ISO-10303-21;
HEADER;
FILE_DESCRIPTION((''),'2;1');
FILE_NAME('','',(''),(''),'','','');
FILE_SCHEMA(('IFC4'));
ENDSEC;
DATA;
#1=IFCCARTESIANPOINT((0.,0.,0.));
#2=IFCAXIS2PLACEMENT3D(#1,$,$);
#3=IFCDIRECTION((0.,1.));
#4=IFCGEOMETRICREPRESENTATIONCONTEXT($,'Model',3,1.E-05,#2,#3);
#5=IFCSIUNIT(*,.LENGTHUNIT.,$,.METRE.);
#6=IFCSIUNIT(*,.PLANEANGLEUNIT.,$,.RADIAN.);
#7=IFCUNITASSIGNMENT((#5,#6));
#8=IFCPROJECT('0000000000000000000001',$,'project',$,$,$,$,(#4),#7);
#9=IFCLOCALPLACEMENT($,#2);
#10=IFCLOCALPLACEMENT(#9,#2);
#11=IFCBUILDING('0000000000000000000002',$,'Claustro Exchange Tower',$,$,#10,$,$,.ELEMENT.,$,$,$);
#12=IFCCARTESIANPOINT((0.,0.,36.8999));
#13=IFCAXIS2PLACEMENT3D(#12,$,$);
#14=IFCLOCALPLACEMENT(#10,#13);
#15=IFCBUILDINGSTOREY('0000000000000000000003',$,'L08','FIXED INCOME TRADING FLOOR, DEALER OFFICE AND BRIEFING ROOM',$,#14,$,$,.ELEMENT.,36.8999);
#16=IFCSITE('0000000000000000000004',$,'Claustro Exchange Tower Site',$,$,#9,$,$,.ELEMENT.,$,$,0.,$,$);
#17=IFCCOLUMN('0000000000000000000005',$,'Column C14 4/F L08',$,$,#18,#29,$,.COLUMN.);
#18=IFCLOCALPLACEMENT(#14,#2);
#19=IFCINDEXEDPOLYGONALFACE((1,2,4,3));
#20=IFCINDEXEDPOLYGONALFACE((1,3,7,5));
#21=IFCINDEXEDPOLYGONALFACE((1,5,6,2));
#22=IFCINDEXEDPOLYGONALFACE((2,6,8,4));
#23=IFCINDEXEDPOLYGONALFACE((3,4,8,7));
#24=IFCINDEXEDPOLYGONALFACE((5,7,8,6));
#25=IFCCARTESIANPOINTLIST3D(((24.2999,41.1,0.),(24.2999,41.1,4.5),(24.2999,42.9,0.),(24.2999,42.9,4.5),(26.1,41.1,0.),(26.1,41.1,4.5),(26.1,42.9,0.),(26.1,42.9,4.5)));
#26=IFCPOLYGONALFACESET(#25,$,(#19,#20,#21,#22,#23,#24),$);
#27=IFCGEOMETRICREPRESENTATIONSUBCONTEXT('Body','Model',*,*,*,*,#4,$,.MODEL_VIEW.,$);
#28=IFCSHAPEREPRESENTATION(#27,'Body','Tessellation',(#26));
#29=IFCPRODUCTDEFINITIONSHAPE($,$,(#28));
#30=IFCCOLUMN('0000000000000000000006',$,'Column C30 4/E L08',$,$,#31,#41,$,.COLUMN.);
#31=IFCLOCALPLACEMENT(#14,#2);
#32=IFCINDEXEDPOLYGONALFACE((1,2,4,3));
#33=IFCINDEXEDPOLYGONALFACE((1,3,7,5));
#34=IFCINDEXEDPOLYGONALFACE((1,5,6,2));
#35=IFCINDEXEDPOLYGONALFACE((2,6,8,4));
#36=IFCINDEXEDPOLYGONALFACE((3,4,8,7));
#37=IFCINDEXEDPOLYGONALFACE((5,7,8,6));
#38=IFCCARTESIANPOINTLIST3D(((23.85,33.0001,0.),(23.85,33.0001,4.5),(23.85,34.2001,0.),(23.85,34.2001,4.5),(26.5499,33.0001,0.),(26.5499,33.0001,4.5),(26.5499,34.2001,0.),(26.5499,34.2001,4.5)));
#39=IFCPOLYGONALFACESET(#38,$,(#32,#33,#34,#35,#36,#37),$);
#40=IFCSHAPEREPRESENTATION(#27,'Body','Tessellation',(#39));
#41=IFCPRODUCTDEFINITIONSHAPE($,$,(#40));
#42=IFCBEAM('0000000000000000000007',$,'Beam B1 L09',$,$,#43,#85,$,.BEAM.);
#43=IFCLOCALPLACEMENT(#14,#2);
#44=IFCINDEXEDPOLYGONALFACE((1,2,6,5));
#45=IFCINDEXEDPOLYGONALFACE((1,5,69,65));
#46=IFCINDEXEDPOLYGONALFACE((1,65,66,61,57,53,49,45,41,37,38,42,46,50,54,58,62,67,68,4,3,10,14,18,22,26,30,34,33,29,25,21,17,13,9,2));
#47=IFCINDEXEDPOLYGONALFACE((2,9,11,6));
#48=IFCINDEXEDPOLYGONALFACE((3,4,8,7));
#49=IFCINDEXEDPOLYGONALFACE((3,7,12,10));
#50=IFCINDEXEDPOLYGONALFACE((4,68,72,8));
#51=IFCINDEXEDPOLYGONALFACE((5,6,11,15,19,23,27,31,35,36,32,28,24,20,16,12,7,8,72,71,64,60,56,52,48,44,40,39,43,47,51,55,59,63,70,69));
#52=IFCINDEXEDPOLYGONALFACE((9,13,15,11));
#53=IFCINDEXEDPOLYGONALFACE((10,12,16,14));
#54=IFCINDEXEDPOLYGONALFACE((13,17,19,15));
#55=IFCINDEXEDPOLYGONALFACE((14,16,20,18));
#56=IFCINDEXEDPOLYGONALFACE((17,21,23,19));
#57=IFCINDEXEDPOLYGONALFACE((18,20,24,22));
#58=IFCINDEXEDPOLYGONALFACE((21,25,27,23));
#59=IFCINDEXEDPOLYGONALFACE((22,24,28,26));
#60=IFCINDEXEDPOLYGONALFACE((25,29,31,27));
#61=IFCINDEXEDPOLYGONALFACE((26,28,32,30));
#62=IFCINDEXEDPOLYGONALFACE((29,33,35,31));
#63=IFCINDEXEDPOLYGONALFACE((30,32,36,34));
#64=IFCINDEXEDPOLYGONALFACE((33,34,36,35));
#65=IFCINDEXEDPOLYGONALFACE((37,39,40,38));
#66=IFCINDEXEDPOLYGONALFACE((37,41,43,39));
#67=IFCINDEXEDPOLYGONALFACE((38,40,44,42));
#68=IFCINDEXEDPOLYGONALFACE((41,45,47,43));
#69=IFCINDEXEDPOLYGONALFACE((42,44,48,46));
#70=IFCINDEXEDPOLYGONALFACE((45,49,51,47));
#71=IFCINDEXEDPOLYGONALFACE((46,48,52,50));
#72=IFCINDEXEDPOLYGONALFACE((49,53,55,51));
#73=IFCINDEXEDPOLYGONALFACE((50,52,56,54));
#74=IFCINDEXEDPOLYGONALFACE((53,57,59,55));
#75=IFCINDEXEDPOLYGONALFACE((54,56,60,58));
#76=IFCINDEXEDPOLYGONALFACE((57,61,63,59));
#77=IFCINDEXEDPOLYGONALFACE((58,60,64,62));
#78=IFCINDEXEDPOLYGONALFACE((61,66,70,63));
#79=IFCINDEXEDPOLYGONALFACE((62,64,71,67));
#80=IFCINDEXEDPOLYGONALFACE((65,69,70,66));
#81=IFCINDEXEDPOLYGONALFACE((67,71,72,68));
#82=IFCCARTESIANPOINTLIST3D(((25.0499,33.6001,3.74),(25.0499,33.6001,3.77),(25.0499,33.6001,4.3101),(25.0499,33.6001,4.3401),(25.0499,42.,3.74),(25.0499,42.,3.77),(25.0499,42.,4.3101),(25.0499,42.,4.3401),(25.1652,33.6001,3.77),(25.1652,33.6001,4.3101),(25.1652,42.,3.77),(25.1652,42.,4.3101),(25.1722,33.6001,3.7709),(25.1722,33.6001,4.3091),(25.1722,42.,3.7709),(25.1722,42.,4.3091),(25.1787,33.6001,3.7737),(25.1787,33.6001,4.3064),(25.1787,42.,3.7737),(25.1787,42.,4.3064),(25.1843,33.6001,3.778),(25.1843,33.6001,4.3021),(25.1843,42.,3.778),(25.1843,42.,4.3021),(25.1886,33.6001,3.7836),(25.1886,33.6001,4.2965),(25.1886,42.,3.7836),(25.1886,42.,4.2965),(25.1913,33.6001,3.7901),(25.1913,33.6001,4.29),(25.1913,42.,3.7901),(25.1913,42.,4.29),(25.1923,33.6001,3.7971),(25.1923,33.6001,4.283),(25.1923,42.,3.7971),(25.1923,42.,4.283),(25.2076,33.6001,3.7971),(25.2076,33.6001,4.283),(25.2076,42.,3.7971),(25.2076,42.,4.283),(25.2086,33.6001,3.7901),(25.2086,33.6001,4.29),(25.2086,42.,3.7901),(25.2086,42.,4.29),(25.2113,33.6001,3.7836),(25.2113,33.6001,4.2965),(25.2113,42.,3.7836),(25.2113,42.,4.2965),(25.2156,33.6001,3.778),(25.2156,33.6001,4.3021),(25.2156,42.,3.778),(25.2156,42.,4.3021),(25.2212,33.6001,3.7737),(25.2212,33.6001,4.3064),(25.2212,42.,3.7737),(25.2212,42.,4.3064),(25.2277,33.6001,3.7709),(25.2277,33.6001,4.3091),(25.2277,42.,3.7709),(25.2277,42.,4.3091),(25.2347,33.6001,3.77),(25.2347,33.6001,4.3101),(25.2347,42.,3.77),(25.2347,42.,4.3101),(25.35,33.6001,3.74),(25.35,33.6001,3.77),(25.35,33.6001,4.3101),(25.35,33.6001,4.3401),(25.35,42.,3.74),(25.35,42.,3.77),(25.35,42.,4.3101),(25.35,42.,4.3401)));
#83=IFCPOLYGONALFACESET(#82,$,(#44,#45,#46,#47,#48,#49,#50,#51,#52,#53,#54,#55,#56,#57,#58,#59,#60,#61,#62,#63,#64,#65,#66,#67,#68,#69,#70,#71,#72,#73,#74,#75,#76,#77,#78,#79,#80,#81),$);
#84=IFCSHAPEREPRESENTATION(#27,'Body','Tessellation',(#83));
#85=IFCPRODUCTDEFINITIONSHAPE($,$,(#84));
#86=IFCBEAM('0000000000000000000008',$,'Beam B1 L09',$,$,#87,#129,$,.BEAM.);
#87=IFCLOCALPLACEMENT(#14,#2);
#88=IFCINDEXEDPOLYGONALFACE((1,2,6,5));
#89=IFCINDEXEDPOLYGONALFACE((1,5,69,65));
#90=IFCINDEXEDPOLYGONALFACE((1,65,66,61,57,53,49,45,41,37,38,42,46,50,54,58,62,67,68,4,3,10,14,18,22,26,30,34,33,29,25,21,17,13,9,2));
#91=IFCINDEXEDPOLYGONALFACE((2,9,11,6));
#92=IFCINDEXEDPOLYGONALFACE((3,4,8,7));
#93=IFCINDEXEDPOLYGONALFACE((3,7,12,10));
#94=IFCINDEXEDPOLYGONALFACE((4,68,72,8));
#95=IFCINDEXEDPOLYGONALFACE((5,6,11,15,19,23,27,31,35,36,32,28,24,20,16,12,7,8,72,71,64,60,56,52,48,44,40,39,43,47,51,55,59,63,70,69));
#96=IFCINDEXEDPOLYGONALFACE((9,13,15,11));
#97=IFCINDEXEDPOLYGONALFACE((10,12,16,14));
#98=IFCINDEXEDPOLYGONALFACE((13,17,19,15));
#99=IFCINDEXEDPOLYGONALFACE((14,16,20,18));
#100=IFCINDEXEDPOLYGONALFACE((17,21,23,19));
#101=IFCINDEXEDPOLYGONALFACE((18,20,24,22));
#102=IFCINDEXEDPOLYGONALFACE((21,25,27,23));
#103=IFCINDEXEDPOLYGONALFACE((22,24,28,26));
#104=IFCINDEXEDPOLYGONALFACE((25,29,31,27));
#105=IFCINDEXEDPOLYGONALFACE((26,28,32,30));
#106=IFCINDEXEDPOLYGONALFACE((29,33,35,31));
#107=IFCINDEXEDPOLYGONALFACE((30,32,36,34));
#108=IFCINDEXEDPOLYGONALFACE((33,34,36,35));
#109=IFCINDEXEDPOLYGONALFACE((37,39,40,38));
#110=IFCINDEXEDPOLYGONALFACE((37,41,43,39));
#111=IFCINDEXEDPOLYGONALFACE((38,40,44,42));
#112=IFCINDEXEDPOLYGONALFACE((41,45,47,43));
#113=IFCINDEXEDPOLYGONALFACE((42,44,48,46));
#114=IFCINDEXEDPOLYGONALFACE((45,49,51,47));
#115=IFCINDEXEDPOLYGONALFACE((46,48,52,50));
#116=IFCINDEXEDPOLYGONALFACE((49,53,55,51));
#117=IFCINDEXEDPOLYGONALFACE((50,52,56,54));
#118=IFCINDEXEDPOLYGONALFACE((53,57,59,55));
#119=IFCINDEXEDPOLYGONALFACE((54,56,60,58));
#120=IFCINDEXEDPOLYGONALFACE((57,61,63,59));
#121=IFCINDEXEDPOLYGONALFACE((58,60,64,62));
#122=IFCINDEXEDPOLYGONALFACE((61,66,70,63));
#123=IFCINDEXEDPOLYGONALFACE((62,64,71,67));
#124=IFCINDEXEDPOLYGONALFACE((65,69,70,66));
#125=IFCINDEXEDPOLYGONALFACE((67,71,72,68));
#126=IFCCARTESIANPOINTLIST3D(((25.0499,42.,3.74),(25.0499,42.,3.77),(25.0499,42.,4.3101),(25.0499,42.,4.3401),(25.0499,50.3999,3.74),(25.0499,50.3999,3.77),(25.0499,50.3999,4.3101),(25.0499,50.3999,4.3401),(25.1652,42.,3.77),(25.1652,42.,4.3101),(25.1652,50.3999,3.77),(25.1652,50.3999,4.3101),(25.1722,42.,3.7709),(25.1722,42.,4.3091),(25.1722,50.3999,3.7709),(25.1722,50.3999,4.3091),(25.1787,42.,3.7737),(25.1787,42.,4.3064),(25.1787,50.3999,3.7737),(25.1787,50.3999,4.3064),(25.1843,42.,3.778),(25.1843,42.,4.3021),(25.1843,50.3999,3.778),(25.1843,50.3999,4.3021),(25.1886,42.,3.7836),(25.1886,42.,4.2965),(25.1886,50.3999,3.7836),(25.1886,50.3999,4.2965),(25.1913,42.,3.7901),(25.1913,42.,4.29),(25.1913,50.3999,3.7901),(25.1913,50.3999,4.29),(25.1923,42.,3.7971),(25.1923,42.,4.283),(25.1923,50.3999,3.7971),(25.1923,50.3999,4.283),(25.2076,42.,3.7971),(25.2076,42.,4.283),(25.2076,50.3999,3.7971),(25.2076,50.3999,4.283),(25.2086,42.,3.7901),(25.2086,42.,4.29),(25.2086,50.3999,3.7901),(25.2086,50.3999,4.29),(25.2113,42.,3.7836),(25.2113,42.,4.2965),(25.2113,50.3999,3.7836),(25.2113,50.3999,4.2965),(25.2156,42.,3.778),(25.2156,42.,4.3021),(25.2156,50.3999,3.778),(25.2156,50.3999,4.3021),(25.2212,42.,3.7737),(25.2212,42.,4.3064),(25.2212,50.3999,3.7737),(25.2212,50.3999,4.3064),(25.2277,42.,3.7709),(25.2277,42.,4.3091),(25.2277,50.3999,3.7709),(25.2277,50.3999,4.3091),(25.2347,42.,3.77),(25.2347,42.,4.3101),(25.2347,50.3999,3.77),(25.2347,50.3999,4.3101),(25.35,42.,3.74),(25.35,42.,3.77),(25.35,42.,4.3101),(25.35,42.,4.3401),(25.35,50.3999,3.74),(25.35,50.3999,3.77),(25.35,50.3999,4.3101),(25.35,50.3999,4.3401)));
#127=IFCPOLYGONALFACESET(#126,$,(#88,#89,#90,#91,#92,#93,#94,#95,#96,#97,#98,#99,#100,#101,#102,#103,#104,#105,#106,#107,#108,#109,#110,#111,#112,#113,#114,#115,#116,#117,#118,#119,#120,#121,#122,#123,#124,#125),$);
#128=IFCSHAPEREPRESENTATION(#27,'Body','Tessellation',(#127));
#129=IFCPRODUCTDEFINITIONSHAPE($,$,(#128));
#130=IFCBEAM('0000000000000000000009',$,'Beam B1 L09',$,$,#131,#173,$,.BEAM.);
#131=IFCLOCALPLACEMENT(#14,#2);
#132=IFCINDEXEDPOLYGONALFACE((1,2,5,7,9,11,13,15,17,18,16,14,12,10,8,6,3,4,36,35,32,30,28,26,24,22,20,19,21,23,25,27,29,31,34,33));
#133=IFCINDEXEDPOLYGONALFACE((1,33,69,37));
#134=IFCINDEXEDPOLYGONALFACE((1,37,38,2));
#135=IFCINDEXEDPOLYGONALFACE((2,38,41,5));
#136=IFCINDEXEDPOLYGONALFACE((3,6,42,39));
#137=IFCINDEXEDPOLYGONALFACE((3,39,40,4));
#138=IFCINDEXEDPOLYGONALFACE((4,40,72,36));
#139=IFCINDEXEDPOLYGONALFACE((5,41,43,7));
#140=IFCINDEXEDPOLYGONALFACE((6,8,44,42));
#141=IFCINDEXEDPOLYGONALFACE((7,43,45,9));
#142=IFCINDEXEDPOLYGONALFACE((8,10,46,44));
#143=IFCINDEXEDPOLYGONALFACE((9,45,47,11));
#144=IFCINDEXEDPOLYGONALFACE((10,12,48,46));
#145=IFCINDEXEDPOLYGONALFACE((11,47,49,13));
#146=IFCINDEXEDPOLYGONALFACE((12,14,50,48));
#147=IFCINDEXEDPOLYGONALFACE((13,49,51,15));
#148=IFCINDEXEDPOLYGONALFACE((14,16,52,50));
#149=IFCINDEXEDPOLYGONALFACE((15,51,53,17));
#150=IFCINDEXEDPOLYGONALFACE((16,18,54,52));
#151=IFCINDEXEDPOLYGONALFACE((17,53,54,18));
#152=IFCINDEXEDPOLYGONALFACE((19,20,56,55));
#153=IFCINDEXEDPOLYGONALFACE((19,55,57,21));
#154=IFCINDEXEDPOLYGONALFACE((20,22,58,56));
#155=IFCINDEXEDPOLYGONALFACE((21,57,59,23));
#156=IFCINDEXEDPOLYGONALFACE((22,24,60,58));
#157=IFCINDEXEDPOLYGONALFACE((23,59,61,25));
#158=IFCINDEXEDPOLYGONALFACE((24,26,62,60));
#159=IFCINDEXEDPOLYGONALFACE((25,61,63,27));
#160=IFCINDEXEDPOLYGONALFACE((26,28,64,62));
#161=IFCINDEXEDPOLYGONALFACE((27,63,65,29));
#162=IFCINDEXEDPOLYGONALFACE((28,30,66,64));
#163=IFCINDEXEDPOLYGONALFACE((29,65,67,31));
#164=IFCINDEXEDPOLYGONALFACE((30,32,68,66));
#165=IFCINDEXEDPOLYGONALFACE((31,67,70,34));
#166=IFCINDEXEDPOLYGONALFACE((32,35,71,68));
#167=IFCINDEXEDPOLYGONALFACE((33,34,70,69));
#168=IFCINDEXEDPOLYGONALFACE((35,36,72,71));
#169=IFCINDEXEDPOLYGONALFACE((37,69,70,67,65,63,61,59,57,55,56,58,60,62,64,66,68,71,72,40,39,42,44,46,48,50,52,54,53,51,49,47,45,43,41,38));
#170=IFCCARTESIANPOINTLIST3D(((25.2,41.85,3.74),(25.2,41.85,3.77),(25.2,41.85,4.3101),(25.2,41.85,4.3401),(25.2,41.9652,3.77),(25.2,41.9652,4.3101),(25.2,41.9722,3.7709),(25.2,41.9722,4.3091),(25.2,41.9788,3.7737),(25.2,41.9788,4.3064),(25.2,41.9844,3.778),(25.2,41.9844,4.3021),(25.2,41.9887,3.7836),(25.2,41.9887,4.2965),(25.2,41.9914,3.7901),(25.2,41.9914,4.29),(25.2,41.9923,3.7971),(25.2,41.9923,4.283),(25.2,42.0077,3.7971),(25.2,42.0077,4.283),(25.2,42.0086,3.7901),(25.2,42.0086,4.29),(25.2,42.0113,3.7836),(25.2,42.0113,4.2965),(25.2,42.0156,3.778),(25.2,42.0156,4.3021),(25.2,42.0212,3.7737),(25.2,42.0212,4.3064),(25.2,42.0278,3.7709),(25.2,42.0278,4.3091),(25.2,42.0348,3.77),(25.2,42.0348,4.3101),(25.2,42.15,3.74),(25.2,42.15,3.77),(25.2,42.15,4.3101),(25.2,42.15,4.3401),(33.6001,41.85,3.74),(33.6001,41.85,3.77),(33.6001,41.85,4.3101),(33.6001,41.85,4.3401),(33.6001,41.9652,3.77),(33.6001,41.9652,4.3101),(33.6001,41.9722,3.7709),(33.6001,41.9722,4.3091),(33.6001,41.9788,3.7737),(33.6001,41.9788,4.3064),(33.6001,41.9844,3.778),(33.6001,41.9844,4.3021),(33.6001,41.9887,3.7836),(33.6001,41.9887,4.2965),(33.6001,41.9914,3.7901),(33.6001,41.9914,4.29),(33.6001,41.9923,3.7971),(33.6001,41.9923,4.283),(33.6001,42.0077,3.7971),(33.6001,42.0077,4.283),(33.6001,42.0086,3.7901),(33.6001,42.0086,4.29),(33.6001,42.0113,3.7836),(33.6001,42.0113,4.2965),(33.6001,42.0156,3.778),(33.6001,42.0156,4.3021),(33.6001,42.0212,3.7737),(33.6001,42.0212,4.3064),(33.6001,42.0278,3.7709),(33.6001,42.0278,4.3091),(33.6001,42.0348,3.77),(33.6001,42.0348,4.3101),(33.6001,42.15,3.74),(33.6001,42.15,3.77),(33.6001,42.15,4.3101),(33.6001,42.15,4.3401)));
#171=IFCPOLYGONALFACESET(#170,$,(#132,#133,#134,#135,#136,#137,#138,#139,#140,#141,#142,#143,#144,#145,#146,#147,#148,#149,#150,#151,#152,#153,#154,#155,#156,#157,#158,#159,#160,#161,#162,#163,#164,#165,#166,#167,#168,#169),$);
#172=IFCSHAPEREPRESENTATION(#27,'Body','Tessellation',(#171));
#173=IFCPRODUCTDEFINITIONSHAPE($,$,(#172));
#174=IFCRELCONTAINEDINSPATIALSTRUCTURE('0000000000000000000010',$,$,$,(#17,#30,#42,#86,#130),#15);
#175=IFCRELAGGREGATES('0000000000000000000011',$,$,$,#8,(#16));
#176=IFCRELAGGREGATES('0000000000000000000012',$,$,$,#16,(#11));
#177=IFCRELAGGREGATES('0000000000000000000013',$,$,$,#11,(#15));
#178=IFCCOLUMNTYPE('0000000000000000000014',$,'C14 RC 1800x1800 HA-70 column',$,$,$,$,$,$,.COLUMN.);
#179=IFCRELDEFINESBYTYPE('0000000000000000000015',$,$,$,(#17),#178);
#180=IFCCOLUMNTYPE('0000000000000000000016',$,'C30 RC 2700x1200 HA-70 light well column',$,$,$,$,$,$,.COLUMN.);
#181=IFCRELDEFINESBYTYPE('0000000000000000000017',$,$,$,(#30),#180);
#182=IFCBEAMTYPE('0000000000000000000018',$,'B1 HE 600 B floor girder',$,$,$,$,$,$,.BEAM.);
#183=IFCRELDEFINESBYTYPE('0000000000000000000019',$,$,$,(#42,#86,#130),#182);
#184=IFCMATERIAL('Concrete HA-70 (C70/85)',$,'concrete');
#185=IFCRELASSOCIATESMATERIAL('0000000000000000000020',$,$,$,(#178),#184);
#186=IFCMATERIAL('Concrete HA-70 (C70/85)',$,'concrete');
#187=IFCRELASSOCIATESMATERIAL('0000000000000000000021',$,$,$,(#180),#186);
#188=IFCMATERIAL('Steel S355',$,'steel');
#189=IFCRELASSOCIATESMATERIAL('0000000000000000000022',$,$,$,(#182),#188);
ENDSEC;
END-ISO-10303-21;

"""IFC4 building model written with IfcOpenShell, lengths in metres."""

from ifc_helpers import new_model, si_unit, direction, frame, origin, origin_2d, place, context, subcontext, project, spatial, rectangle, i_section, extrude, material, material_profile, profile_set, type_object, element, save


model = new_model("IFC4")

# Units and contexts
model_context = context("Model", 3, precision=1e-05, world=origin(), true_north=direction((0.0, 1.0)))
body_context = subcontext(model_context, "Body", "Model", "MODEL_VIEW")
ifc_project = project(units=[si_unit("LENGTHUNIT", "METRE"), si_unit("PLANEANGLEUNIT", "RADIAN")], contexts=[model_context])

# Site, building, storey
site_placement = place(None, origin())
site = spatial("IfcSite", under=ifc_project, at=site_placement, Name="Claustro Exchange Tower Site", CompositionType="ELEMENT", RefElevation=0.0)
building_placement = place(site_placement, origin())
building = spatial("IfcBuilding", under=site, at=building_placement, Name="Claustro Exchange Tower", CompositionType="ELEMENT")
storey_placement = place(building_placement, frame((0.0, 0.0, 36.8999)))
storey = spatial("IfcBuildingStorey", under=building, at=storey_placement, Name="L08", Description="FIXED INCOME TRADING FLOOR, DEALER OFFICE AND BRIEFING ROOM", CompositionType="ELEMENT", Elevation=36.8999)

# Columns
ifc_material_1 = material(Name="Concrete HA-70 (C70/85)", Category="concrete")
ifc_material_profile_1 = material_profile(ifc_material_1, rectangle(XDim=1.8, YDim=1.8, at=origin_2d()), Name="RC 1800x1800")
ifc_profile_set_1 = profile_set([ifc_material_profile_1], Name="Concrete HA-70 (C70/85)")
column_type_1 = type_object("IfcColumnType", Name="C14 RC 1800x1800 HA-70 column", PredefinedType="COLUMN", material=ifc_profile_set_1)
column_1_placement = place(storey_placement, frame((25.2, 42.0, 0.0), z_axis=(0.0, 0.0, 1.0), x_axis=(1.0, 0.0, 0.0)))
element("IfcColumn", 1, at=column_1_placement, inside=storey, type_object=column_type_1, Name="Column C14 4/F L08", PredefinedType="COLUMN", context=body_context, shape_type="SweptSolid", body=[
    extrude(rectangle(XDim=1.8, YDim=1.8, at=origin_2d()), origin(), (0.0, 0.0, 1.0), 4.5),
])
ifc_material_2 = material(Name="Concrete HA-70 (C70/85)", Category="concrete")
ifc_material_profile_2 = material_profile(ifc_material_2, rectangle(XDim=2.7, YDim=1.2, at=origin_2d()), Name="RC 2700x1200")
ifc_profile_set_2 = profile_set([ifc_material_profile_2], Name="Concrete HA-70 (C70/85)")
column_type_2 = type_object("IfcColumnType", Name="C30 RC 2700x1200 HA-70 light well column", PredefinedType="COLUMN", material=ifc_profile_set_2)
column_2_placement = place(storey_placement, frame((25.2, 33.6001, 0.0), z_axis=(0.0, 0.0, 1.0), x_axis=(1.0, 0.0, 0.0)))
element("IfcColumn", 2, at=column_2_placement, inside=storey, type_object=column_type_2, Name="Column C30 4/E L08", PredefinedType="COLUMN", context=body_context, shape_type="SweptSolid", body=[
    extrude(rectangle(XDim=2.7, YDim=1.2, at=origin_2d()), origin(), (0.0, 0.0, 1.0), 4.5),
])

# Beams
ifc_material_3 = material(Name="Steel S355", Category="steel")
ifc_material_profile_3 = material_profile(ifc_material_3, i_section(OverallWidth=0.3, OverallDepth=0.6001, WebThickness=0.0154, FlangeThickness=0.03, FilletRadius=0.0271, at=origin_2d()), Name="HE 600 B")
ifc_profile_set_3 = profile_set([ifc_material_profile_3], Name="Steel S355")
beam_type_1 = type_object("IfcBeamType", Name="B1 HE 600 B floor girder", PredefinedType="BEAM", material=ifc_profile_set_3)
for number, where, z_axis, x_axis, name in (
    (3, (25.2, 33.6001, 4.04), (0.0, 1.0, 0.0), (-1.0, 0.0, 0.0), "Beam B1 L09"),
    (4, (25.2, 42.0, 4.04), (0.0, 1.0, 0.0), (-1.0, 0.0, 0.0), "Beam B1 L09"),
):
    element("IfcBeam", number, at=place(storey_placement, frame(where, z_axis=z_axis, x_axis=x_axis)), inside=storey, type_object=beam_type_1, Name=name, PredefinedType="BEAM", context=body_context, shape_type="SweptSolid", body=[
        extrude(i_section(OverallWidth=0.3, OverallDepth=0.6001, WebThickness=0.0154, FlangeThickness=0.03, FilletRadius=0.0271, at=origin_2d()), origin(), (0.0, 0.0, 1.0), 8.3999),
    ])
beam_1_placement = place(storey_placement, frame((25.2, 42.0, 4.04), z_axis=(1.0, 0.0, 0.0), x_axis=(0.0, 1.0, 0.0)))
element("IfcBeam", 5, at=beam_1_placement, inside=storey, type_object=beam_type_1, Name="Beam B1 L09", PredefinedType="BEAM", context=body_context, shape_type="SweptSolid", body=[
    extrude(i_section(OverallWidth=0.3, OverallDepth=0.6001, WebThickness=0.0154, FlangeThickness=0.03, FilletRadius=0.0271, at=origin_2d()), origin(), (0.0, 0.0, 1.0), 8.4001),
])

save(model, "model.ifc")
